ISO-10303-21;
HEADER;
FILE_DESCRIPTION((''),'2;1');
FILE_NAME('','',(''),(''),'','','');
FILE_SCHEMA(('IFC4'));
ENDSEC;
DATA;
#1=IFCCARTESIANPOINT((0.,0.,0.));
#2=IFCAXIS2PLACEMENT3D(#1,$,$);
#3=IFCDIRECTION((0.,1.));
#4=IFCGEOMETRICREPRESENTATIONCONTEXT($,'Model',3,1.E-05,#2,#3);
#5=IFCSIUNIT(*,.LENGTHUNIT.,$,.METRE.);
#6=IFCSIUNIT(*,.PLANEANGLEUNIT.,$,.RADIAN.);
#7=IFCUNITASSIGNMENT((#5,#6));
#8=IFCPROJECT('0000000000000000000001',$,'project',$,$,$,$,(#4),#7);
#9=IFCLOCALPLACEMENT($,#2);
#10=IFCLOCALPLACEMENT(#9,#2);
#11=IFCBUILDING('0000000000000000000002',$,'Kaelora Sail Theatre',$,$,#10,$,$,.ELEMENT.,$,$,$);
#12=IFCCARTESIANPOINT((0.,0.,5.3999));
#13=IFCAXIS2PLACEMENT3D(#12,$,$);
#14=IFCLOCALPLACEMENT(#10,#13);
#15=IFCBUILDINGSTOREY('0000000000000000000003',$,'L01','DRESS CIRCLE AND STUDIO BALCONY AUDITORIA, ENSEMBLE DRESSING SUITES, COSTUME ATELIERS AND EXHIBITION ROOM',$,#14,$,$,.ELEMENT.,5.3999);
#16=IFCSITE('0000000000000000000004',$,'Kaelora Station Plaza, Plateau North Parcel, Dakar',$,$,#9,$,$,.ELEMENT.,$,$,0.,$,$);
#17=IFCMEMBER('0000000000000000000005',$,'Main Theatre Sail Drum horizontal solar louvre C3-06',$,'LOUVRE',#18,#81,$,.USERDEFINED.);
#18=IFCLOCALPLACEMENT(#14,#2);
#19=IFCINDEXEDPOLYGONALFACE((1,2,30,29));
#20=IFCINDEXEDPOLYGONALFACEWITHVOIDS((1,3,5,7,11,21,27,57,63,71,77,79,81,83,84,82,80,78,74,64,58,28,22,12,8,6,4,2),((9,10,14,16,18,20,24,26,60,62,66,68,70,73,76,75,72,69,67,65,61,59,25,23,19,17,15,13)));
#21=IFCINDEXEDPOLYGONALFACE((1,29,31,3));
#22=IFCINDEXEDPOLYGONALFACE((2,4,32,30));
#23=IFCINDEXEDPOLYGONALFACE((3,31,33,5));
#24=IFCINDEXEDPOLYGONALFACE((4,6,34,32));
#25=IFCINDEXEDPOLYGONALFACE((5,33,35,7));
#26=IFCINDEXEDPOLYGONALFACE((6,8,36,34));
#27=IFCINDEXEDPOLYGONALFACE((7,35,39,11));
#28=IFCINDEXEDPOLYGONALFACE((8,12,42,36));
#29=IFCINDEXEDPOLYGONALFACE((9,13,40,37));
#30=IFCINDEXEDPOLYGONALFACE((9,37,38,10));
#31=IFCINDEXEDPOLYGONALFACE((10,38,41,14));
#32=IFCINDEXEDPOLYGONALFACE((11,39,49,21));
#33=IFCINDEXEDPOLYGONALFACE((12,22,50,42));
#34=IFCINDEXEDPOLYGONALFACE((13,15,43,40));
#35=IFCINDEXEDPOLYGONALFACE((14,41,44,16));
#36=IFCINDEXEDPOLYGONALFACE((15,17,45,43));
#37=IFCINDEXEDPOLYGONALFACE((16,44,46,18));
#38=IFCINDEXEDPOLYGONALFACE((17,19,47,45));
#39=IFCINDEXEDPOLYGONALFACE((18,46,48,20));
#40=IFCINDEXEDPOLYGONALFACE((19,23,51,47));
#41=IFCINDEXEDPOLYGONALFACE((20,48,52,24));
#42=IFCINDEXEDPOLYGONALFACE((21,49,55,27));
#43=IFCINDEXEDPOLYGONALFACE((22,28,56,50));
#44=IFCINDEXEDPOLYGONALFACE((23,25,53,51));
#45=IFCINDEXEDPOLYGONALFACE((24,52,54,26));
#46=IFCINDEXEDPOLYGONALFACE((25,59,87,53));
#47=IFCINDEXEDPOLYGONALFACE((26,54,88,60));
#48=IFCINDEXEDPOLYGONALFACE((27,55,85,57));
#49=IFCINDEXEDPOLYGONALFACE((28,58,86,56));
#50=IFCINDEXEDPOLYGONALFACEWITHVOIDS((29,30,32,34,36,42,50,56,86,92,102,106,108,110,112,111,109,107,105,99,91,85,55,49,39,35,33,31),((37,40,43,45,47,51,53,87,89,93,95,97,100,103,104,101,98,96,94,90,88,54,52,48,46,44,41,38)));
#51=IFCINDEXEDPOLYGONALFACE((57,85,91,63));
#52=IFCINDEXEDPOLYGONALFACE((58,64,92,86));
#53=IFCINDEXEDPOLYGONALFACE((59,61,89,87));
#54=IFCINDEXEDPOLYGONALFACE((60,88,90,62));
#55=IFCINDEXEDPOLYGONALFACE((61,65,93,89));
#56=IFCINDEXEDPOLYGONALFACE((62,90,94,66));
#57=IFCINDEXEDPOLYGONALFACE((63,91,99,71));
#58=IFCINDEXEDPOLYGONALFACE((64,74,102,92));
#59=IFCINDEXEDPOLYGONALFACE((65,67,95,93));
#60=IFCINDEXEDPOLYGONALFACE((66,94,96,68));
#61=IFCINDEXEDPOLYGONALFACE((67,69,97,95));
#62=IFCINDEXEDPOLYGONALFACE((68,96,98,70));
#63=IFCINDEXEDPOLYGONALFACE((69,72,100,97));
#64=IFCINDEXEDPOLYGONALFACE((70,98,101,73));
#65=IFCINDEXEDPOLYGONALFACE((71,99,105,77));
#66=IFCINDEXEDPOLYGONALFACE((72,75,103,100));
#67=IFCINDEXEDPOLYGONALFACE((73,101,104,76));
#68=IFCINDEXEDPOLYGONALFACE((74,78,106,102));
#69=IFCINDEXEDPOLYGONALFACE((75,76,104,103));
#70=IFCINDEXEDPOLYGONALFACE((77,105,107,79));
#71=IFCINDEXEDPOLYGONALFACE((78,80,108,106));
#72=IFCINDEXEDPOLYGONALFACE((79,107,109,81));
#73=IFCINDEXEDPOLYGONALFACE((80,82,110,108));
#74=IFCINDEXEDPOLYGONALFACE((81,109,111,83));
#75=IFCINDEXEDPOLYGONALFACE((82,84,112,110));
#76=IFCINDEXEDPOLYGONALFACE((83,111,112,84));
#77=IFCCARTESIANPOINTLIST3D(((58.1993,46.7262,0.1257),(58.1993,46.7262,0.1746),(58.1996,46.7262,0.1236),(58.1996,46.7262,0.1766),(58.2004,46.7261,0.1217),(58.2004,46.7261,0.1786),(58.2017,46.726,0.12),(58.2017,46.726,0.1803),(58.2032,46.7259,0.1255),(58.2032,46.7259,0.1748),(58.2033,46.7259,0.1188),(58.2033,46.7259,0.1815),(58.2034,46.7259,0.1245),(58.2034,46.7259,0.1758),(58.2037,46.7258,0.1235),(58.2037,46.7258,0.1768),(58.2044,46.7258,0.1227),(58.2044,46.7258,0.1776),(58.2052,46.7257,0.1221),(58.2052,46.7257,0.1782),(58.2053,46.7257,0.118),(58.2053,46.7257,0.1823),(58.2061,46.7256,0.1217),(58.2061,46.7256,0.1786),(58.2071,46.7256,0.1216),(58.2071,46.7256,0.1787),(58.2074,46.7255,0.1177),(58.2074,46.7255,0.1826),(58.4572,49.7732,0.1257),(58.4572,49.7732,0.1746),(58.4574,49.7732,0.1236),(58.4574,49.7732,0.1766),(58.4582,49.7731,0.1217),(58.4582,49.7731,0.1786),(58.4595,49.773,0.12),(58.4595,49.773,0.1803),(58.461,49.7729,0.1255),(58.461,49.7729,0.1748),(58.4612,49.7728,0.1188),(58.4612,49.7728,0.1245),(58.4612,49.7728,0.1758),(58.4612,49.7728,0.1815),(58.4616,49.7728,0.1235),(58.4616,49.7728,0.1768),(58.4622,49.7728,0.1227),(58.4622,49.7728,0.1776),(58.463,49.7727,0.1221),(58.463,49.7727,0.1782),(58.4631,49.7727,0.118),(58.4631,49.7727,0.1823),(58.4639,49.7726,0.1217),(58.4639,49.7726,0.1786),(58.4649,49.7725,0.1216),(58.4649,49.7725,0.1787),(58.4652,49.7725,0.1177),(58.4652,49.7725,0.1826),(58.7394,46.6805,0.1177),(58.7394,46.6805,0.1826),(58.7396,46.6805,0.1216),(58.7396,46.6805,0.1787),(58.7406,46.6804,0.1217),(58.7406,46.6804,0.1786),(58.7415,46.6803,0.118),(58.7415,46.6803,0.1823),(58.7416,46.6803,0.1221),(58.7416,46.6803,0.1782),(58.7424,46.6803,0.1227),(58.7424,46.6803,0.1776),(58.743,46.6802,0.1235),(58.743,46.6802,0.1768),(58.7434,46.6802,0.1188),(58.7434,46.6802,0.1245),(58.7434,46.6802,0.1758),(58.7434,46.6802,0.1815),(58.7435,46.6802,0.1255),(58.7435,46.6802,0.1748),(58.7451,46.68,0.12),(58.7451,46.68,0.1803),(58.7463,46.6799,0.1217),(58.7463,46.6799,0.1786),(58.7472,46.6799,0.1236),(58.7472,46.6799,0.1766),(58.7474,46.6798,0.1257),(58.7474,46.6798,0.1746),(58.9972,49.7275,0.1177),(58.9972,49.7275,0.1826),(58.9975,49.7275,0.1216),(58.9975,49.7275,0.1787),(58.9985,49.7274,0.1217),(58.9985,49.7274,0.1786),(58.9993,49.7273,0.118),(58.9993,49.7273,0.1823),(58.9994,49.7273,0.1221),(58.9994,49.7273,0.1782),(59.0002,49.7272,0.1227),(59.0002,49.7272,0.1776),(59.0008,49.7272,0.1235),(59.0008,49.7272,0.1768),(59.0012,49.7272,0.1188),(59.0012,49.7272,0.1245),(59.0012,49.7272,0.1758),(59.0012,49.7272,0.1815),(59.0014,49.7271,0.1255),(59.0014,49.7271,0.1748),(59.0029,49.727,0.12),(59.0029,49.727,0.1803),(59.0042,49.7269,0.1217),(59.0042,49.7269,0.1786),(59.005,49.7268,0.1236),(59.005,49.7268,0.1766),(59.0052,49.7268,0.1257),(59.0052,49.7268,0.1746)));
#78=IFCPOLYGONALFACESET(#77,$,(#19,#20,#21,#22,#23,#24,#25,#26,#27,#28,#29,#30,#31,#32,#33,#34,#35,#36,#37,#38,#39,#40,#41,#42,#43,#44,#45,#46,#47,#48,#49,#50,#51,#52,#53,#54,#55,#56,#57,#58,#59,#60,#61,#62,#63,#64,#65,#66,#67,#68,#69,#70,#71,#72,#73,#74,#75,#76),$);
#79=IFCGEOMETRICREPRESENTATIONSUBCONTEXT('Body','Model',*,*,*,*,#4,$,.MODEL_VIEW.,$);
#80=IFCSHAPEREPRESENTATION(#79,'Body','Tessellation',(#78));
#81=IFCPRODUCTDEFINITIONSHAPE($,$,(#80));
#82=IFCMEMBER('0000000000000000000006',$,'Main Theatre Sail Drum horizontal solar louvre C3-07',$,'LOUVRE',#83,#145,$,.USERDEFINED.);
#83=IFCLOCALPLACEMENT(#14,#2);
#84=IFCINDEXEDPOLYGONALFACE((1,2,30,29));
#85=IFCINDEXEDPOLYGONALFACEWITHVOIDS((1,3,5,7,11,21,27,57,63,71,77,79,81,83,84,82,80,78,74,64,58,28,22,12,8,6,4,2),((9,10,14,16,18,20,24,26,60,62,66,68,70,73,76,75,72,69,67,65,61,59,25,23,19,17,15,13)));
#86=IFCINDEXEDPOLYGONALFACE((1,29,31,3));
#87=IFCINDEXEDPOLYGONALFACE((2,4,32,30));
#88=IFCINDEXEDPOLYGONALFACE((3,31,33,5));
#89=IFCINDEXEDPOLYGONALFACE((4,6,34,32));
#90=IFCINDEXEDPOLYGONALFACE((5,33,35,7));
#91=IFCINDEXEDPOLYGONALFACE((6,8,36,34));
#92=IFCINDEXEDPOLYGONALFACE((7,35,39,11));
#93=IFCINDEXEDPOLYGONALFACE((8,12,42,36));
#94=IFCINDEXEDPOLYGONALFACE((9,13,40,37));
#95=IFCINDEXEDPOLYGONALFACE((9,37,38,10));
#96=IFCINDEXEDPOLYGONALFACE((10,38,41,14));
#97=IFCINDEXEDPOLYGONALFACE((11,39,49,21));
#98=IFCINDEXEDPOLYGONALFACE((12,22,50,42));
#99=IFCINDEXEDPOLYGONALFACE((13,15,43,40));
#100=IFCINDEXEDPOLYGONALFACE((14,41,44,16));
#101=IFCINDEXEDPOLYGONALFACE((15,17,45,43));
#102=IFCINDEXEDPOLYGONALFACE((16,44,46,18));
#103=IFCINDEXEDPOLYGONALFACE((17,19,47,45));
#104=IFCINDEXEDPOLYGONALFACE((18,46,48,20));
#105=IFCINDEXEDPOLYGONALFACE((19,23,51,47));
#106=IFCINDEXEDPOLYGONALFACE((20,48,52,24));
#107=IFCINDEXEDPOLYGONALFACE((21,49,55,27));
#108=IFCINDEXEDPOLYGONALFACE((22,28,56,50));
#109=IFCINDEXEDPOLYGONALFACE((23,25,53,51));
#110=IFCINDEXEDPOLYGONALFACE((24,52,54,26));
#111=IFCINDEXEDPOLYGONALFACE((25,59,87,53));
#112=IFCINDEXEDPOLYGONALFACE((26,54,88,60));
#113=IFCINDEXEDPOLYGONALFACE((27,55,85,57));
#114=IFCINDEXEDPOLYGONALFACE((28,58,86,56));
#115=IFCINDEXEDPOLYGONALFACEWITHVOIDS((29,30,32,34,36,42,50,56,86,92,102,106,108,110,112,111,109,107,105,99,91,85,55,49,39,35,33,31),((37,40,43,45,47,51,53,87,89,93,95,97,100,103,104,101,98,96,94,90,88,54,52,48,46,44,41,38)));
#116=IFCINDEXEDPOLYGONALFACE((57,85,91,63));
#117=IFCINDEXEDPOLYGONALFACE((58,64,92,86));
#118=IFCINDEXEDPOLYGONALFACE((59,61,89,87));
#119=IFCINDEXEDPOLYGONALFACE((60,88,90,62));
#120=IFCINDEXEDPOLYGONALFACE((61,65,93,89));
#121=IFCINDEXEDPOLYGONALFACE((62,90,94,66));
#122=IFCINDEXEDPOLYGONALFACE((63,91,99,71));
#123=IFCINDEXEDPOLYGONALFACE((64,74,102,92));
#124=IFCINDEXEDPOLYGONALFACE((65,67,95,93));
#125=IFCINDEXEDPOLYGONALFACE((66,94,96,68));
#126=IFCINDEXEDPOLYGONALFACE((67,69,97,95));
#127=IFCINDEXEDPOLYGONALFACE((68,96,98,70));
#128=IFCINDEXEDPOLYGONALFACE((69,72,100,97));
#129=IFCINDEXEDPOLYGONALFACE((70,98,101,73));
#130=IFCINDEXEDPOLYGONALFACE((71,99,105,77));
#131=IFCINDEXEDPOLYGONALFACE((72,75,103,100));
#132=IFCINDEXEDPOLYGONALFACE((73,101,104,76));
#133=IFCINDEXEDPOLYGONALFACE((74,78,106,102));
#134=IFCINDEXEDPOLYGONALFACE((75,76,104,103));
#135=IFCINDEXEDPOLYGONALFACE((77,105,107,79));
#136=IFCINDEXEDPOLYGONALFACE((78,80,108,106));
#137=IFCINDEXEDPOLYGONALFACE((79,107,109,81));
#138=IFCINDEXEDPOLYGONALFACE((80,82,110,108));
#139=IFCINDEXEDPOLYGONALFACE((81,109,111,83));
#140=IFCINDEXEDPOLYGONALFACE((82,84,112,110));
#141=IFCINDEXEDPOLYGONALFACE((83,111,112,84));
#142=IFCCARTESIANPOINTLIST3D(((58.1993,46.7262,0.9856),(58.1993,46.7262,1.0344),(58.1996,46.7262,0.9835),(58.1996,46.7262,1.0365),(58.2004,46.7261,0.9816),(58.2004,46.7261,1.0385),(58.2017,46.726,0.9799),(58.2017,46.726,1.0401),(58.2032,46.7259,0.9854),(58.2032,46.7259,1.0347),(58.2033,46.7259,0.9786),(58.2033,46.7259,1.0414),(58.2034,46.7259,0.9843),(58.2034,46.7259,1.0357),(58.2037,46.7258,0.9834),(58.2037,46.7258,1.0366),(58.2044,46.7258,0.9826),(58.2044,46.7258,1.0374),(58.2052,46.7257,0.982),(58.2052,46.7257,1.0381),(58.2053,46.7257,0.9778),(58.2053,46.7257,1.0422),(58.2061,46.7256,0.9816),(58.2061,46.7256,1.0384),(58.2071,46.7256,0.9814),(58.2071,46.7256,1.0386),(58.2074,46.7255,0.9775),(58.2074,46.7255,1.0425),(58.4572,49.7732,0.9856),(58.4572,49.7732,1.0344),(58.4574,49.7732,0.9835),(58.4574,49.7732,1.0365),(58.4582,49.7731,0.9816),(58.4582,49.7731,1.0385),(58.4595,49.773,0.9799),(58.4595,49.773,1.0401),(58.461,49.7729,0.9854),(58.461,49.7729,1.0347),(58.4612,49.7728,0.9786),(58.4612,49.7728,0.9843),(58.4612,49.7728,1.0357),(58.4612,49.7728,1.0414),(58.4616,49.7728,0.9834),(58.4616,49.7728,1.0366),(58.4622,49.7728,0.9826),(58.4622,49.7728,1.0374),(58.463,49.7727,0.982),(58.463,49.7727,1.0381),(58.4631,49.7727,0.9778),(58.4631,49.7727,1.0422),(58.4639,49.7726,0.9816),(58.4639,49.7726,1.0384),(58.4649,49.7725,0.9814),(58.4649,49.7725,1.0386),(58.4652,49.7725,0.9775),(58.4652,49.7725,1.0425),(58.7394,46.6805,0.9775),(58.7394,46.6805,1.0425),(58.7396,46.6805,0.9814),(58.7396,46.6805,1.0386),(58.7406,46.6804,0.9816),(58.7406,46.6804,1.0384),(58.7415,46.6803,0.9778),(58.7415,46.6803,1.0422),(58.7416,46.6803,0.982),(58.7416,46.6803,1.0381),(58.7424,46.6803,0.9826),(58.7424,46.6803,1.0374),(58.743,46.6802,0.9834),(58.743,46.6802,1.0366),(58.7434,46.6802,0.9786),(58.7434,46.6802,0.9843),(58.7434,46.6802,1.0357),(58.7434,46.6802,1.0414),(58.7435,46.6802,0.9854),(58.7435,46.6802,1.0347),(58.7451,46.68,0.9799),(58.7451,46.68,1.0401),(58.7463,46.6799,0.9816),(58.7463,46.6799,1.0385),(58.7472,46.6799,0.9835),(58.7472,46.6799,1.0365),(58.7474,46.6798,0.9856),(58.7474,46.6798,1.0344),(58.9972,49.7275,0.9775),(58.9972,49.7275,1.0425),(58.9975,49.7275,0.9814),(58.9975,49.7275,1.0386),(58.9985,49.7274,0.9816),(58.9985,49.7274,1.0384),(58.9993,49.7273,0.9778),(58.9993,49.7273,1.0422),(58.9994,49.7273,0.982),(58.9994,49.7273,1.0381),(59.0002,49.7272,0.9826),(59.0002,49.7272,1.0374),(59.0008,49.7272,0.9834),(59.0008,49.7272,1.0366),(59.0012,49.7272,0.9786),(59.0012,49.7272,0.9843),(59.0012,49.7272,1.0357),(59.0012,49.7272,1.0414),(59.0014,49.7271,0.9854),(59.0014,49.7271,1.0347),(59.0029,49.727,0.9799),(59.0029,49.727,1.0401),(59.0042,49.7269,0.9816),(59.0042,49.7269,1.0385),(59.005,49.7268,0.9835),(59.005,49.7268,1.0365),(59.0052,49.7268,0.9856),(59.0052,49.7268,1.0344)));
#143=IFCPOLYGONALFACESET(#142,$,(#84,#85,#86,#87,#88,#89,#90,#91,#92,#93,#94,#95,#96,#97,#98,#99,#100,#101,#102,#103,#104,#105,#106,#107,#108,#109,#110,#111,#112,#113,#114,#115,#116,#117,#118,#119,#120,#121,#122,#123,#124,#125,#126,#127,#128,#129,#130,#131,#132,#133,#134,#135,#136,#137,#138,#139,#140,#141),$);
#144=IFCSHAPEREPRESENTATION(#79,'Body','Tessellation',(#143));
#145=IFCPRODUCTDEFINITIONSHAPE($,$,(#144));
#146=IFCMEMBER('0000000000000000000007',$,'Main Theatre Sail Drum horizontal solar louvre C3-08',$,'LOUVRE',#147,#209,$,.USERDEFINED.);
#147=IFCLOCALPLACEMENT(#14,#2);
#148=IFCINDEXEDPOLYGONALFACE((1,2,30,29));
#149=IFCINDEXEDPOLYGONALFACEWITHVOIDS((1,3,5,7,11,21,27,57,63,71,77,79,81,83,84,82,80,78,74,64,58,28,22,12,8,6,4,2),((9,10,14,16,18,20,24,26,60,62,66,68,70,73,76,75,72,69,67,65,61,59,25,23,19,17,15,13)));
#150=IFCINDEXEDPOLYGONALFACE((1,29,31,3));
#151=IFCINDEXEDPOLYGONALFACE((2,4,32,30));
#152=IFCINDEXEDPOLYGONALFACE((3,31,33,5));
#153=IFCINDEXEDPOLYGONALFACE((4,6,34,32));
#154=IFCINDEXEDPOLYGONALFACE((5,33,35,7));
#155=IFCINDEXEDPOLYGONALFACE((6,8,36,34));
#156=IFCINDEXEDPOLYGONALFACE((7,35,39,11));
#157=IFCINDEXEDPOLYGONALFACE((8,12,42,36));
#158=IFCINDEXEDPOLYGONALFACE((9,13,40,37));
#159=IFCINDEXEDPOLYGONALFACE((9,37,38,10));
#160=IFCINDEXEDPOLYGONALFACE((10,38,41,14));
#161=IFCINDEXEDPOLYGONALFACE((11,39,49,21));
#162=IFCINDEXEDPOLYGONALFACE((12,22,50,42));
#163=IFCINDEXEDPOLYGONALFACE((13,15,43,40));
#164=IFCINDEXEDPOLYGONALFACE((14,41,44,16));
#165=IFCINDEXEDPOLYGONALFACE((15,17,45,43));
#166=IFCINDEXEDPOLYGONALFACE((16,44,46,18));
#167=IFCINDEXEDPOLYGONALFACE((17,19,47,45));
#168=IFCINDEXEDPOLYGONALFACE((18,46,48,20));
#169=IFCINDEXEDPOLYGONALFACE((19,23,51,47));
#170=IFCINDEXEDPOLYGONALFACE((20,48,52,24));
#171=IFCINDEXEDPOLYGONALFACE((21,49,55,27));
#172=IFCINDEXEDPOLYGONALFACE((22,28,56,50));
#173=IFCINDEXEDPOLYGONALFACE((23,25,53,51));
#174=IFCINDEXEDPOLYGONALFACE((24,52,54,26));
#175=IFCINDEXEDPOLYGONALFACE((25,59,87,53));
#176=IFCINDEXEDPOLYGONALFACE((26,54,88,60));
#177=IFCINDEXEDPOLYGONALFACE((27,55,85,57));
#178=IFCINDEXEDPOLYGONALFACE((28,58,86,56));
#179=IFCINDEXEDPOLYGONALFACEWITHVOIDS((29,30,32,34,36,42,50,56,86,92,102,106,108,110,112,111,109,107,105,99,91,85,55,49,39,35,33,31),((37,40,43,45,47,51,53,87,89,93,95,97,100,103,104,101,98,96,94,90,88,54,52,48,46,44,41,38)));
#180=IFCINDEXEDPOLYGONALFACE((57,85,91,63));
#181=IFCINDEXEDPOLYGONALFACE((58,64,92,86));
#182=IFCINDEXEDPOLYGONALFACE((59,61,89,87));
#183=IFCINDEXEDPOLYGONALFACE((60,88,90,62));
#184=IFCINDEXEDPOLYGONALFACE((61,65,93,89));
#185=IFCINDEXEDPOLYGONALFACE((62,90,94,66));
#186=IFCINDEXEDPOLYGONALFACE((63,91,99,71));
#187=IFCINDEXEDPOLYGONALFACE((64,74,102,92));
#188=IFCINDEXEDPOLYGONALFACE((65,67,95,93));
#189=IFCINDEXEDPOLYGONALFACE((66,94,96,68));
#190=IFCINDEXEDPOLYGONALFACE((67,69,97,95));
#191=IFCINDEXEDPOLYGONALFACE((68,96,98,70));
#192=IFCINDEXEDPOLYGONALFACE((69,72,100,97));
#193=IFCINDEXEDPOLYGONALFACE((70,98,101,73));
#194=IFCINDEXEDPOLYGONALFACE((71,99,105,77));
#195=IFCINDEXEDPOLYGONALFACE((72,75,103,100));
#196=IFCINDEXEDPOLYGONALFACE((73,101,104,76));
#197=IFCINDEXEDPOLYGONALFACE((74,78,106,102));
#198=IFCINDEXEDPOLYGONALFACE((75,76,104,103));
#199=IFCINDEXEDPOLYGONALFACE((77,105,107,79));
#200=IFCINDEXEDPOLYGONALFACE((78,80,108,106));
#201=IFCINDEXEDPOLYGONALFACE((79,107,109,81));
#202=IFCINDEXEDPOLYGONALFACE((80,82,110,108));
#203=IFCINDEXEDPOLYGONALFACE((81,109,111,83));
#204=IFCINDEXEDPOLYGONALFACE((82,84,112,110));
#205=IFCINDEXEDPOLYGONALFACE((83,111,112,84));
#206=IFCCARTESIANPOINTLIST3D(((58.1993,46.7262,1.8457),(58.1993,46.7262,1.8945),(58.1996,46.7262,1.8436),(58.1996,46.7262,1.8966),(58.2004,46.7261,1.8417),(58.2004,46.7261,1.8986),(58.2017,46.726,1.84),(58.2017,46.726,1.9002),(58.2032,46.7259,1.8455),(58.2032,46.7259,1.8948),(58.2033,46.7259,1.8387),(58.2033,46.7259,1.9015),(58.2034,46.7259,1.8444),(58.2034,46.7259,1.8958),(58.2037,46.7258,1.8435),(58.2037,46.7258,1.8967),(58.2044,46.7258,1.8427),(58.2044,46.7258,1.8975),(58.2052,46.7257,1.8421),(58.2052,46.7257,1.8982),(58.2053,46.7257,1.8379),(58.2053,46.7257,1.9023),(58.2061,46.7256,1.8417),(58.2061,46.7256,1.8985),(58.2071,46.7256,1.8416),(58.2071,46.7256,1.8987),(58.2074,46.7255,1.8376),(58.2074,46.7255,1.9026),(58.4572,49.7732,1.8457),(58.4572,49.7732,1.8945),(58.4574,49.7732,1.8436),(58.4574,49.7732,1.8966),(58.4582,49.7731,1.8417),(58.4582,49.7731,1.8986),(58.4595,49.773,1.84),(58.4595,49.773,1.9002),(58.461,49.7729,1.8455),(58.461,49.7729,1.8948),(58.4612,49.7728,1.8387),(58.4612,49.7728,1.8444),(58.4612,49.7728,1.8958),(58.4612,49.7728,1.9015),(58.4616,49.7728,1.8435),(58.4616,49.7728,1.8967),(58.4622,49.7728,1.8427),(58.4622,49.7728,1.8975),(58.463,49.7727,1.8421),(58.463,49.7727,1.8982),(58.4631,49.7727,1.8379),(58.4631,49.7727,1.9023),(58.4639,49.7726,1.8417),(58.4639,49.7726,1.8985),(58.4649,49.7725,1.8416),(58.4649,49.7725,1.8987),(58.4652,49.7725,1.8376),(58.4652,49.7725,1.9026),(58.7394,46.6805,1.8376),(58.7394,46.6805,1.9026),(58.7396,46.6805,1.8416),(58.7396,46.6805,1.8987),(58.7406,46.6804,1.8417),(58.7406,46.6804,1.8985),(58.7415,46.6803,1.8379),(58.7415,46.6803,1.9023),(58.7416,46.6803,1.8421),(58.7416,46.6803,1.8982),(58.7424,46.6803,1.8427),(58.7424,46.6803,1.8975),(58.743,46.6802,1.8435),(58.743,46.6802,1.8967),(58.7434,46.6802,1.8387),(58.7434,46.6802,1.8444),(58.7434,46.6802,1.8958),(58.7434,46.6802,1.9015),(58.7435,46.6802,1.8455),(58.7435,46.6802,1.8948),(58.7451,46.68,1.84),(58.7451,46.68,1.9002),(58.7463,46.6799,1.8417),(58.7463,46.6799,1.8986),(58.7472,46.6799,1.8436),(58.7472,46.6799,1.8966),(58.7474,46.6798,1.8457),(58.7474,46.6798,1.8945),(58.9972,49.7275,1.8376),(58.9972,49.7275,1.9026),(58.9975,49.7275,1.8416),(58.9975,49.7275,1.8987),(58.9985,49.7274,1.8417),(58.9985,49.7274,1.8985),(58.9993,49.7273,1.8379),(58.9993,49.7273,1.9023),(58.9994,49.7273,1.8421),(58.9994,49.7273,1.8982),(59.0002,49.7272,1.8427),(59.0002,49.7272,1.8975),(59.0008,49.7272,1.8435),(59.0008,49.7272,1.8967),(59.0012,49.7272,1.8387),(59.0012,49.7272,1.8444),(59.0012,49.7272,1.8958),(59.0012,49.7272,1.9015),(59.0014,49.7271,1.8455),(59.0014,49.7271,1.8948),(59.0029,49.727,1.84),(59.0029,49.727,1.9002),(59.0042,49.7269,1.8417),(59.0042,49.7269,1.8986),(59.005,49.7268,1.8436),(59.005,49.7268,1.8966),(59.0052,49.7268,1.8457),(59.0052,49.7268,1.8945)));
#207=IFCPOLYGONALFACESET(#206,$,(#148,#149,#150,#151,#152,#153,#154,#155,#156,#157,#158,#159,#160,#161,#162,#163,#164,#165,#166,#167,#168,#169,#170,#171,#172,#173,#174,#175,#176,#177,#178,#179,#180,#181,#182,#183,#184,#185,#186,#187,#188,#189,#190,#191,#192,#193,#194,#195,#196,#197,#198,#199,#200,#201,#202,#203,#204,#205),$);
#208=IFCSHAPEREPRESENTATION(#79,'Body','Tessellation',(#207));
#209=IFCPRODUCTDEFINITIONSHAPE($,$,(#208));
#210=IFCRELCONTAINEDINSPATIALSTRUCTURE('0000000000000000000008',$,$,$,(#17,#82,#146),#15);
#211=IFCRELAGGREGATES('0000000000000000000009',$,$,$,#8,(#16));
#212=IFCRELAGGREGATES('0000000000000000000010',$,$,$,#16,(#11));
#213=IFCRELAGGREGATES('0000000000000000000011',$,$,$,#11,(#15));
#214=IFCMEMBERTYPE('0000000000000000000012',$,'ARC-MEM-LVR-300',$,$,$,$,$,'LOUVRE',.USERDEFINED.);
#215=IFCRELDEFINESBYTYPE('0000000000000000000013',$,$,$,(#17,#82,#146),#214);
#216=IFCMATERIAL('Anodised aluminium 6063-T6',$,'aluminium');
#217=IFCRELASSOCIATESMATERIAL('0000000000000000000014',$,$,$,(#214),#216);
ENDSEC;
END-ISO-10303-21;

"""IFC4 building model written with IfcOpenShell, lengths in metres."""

from ifc_helpers import new_model, si_unit, direction, frame, origin, origin_2d, place, context, subcontext, project, spatial, hollow_rectangle, extrude, material, material_profile, profile_set, type_object, element, save


model = new_model("IFC4")

# Units and contexts
model_context = context("Model", 3, precision=1e-05, world=origin(), true_north=direction((0.0, 1.0)))
body_context = subcontext(model_context, "Body", "Model", "MODEL_VIEW")
ifc_project = project(units=[si_unit("LENGTHUNIT", "METRE"), si_unit("PLANEANGLEUNIT", "RADIAN")], contexts=[model_context])

# Site, building, storey
site_placement = place(None, origin())
site = spatial("IfcSite", under=ifc_project, at=site_placement, Name="Kaelora Station Plaza, Plateau North Parcel, Dakar", CompositionType="ELEMENT", RefElevation=0.0)
building_placement = place(site_placement, origin())
building = spatial("IfcBuilding", under=site, at=building_placement, Name="Kaelora Sail Theatre", CompositionType="ELEMENT")
storey_placement = place(building_placement, frame((0.0, 0.0, 5.3999)))
storey = spatial("IfcBuildingStorey", under=building, at=storey_placement, Name="L01", Description="DRESS CIRCLE AND STUDIO BALCONY AUDITORIA, ENSEMBLE DRESSING SUITES, COSTUME ATELIERS AND EXHIBITION ROOM", CompositionType="ELEMENT", Elevation=5.3999)

# Members
ifc_material_1 = material(Name="Anodised aluminium 6063-T6", Category="aluminium")
ifc_material_profile_1 = material_profile(ifc_material_1, hollow_rectangle(XDim=0.55, YDim=0.0649, WallThickness=0.0039, InnerFilletRadius=0.0039, OuterFilletRadius=0.0081, at=origin_2d()), Name="LOUVRE 550x65x4")
ifc_profile_set_1 = profile_set([ifc_material_profile_1], Name="Anodised aluminium 6063-T6")
member_type_1 = type_object("IfcMemberType", Name="ARC-MEM-LVR-300", ElementType="LOUVRE", PredefinedType="USERDEFINED", material=ifc_profile_set_1)
for number, where, z_axis, x_axis, name in (
    (1, (58.7312, 49.75, 0.1501), (-0.084314, -0.996439, 0.0), (0.996439, -0.084314, 0.0), "Main Theatre Sail Drum horizontal solar louvre C3-06"),
    (2, (58.7312, 49.75, 1.01), (-0.084314, -0.996439, 0.0), (0.996439, -0.084314, 0.0), "Main Theatre Sail Drum horizontal solar louvre C3-07"),
    (3, (58.7312, 49.75, 1.8701), (-0.084314, -0.996439, 0.0), (0.996439, -0.084314, 0.0), "Main Theatre Sail Drum horizontal solar louvre C3-08"),
):
    element("IfcMember", number, at=place(storey_placement, frame(where, z_axis=z_axis, x_axis=x_axis)), inside=storey, type_object=member_type_1, Name=name, ObjectType="LOUVRE", PredefinedType="USERDEFINED", context=body_context, shape_type="SweptSolid", body=[
        extrude(hollow_rectangle(XDim=0.55, YDim=0.0649, WallThickness=0.0039, InnerFilletRadius=0.0039, OuterFilletRadius=0.0081, at=origin_2d()), origin(), (0.0, 0.0, 1.0), 3.0579),
    ])

save(model, "model.ifc")
